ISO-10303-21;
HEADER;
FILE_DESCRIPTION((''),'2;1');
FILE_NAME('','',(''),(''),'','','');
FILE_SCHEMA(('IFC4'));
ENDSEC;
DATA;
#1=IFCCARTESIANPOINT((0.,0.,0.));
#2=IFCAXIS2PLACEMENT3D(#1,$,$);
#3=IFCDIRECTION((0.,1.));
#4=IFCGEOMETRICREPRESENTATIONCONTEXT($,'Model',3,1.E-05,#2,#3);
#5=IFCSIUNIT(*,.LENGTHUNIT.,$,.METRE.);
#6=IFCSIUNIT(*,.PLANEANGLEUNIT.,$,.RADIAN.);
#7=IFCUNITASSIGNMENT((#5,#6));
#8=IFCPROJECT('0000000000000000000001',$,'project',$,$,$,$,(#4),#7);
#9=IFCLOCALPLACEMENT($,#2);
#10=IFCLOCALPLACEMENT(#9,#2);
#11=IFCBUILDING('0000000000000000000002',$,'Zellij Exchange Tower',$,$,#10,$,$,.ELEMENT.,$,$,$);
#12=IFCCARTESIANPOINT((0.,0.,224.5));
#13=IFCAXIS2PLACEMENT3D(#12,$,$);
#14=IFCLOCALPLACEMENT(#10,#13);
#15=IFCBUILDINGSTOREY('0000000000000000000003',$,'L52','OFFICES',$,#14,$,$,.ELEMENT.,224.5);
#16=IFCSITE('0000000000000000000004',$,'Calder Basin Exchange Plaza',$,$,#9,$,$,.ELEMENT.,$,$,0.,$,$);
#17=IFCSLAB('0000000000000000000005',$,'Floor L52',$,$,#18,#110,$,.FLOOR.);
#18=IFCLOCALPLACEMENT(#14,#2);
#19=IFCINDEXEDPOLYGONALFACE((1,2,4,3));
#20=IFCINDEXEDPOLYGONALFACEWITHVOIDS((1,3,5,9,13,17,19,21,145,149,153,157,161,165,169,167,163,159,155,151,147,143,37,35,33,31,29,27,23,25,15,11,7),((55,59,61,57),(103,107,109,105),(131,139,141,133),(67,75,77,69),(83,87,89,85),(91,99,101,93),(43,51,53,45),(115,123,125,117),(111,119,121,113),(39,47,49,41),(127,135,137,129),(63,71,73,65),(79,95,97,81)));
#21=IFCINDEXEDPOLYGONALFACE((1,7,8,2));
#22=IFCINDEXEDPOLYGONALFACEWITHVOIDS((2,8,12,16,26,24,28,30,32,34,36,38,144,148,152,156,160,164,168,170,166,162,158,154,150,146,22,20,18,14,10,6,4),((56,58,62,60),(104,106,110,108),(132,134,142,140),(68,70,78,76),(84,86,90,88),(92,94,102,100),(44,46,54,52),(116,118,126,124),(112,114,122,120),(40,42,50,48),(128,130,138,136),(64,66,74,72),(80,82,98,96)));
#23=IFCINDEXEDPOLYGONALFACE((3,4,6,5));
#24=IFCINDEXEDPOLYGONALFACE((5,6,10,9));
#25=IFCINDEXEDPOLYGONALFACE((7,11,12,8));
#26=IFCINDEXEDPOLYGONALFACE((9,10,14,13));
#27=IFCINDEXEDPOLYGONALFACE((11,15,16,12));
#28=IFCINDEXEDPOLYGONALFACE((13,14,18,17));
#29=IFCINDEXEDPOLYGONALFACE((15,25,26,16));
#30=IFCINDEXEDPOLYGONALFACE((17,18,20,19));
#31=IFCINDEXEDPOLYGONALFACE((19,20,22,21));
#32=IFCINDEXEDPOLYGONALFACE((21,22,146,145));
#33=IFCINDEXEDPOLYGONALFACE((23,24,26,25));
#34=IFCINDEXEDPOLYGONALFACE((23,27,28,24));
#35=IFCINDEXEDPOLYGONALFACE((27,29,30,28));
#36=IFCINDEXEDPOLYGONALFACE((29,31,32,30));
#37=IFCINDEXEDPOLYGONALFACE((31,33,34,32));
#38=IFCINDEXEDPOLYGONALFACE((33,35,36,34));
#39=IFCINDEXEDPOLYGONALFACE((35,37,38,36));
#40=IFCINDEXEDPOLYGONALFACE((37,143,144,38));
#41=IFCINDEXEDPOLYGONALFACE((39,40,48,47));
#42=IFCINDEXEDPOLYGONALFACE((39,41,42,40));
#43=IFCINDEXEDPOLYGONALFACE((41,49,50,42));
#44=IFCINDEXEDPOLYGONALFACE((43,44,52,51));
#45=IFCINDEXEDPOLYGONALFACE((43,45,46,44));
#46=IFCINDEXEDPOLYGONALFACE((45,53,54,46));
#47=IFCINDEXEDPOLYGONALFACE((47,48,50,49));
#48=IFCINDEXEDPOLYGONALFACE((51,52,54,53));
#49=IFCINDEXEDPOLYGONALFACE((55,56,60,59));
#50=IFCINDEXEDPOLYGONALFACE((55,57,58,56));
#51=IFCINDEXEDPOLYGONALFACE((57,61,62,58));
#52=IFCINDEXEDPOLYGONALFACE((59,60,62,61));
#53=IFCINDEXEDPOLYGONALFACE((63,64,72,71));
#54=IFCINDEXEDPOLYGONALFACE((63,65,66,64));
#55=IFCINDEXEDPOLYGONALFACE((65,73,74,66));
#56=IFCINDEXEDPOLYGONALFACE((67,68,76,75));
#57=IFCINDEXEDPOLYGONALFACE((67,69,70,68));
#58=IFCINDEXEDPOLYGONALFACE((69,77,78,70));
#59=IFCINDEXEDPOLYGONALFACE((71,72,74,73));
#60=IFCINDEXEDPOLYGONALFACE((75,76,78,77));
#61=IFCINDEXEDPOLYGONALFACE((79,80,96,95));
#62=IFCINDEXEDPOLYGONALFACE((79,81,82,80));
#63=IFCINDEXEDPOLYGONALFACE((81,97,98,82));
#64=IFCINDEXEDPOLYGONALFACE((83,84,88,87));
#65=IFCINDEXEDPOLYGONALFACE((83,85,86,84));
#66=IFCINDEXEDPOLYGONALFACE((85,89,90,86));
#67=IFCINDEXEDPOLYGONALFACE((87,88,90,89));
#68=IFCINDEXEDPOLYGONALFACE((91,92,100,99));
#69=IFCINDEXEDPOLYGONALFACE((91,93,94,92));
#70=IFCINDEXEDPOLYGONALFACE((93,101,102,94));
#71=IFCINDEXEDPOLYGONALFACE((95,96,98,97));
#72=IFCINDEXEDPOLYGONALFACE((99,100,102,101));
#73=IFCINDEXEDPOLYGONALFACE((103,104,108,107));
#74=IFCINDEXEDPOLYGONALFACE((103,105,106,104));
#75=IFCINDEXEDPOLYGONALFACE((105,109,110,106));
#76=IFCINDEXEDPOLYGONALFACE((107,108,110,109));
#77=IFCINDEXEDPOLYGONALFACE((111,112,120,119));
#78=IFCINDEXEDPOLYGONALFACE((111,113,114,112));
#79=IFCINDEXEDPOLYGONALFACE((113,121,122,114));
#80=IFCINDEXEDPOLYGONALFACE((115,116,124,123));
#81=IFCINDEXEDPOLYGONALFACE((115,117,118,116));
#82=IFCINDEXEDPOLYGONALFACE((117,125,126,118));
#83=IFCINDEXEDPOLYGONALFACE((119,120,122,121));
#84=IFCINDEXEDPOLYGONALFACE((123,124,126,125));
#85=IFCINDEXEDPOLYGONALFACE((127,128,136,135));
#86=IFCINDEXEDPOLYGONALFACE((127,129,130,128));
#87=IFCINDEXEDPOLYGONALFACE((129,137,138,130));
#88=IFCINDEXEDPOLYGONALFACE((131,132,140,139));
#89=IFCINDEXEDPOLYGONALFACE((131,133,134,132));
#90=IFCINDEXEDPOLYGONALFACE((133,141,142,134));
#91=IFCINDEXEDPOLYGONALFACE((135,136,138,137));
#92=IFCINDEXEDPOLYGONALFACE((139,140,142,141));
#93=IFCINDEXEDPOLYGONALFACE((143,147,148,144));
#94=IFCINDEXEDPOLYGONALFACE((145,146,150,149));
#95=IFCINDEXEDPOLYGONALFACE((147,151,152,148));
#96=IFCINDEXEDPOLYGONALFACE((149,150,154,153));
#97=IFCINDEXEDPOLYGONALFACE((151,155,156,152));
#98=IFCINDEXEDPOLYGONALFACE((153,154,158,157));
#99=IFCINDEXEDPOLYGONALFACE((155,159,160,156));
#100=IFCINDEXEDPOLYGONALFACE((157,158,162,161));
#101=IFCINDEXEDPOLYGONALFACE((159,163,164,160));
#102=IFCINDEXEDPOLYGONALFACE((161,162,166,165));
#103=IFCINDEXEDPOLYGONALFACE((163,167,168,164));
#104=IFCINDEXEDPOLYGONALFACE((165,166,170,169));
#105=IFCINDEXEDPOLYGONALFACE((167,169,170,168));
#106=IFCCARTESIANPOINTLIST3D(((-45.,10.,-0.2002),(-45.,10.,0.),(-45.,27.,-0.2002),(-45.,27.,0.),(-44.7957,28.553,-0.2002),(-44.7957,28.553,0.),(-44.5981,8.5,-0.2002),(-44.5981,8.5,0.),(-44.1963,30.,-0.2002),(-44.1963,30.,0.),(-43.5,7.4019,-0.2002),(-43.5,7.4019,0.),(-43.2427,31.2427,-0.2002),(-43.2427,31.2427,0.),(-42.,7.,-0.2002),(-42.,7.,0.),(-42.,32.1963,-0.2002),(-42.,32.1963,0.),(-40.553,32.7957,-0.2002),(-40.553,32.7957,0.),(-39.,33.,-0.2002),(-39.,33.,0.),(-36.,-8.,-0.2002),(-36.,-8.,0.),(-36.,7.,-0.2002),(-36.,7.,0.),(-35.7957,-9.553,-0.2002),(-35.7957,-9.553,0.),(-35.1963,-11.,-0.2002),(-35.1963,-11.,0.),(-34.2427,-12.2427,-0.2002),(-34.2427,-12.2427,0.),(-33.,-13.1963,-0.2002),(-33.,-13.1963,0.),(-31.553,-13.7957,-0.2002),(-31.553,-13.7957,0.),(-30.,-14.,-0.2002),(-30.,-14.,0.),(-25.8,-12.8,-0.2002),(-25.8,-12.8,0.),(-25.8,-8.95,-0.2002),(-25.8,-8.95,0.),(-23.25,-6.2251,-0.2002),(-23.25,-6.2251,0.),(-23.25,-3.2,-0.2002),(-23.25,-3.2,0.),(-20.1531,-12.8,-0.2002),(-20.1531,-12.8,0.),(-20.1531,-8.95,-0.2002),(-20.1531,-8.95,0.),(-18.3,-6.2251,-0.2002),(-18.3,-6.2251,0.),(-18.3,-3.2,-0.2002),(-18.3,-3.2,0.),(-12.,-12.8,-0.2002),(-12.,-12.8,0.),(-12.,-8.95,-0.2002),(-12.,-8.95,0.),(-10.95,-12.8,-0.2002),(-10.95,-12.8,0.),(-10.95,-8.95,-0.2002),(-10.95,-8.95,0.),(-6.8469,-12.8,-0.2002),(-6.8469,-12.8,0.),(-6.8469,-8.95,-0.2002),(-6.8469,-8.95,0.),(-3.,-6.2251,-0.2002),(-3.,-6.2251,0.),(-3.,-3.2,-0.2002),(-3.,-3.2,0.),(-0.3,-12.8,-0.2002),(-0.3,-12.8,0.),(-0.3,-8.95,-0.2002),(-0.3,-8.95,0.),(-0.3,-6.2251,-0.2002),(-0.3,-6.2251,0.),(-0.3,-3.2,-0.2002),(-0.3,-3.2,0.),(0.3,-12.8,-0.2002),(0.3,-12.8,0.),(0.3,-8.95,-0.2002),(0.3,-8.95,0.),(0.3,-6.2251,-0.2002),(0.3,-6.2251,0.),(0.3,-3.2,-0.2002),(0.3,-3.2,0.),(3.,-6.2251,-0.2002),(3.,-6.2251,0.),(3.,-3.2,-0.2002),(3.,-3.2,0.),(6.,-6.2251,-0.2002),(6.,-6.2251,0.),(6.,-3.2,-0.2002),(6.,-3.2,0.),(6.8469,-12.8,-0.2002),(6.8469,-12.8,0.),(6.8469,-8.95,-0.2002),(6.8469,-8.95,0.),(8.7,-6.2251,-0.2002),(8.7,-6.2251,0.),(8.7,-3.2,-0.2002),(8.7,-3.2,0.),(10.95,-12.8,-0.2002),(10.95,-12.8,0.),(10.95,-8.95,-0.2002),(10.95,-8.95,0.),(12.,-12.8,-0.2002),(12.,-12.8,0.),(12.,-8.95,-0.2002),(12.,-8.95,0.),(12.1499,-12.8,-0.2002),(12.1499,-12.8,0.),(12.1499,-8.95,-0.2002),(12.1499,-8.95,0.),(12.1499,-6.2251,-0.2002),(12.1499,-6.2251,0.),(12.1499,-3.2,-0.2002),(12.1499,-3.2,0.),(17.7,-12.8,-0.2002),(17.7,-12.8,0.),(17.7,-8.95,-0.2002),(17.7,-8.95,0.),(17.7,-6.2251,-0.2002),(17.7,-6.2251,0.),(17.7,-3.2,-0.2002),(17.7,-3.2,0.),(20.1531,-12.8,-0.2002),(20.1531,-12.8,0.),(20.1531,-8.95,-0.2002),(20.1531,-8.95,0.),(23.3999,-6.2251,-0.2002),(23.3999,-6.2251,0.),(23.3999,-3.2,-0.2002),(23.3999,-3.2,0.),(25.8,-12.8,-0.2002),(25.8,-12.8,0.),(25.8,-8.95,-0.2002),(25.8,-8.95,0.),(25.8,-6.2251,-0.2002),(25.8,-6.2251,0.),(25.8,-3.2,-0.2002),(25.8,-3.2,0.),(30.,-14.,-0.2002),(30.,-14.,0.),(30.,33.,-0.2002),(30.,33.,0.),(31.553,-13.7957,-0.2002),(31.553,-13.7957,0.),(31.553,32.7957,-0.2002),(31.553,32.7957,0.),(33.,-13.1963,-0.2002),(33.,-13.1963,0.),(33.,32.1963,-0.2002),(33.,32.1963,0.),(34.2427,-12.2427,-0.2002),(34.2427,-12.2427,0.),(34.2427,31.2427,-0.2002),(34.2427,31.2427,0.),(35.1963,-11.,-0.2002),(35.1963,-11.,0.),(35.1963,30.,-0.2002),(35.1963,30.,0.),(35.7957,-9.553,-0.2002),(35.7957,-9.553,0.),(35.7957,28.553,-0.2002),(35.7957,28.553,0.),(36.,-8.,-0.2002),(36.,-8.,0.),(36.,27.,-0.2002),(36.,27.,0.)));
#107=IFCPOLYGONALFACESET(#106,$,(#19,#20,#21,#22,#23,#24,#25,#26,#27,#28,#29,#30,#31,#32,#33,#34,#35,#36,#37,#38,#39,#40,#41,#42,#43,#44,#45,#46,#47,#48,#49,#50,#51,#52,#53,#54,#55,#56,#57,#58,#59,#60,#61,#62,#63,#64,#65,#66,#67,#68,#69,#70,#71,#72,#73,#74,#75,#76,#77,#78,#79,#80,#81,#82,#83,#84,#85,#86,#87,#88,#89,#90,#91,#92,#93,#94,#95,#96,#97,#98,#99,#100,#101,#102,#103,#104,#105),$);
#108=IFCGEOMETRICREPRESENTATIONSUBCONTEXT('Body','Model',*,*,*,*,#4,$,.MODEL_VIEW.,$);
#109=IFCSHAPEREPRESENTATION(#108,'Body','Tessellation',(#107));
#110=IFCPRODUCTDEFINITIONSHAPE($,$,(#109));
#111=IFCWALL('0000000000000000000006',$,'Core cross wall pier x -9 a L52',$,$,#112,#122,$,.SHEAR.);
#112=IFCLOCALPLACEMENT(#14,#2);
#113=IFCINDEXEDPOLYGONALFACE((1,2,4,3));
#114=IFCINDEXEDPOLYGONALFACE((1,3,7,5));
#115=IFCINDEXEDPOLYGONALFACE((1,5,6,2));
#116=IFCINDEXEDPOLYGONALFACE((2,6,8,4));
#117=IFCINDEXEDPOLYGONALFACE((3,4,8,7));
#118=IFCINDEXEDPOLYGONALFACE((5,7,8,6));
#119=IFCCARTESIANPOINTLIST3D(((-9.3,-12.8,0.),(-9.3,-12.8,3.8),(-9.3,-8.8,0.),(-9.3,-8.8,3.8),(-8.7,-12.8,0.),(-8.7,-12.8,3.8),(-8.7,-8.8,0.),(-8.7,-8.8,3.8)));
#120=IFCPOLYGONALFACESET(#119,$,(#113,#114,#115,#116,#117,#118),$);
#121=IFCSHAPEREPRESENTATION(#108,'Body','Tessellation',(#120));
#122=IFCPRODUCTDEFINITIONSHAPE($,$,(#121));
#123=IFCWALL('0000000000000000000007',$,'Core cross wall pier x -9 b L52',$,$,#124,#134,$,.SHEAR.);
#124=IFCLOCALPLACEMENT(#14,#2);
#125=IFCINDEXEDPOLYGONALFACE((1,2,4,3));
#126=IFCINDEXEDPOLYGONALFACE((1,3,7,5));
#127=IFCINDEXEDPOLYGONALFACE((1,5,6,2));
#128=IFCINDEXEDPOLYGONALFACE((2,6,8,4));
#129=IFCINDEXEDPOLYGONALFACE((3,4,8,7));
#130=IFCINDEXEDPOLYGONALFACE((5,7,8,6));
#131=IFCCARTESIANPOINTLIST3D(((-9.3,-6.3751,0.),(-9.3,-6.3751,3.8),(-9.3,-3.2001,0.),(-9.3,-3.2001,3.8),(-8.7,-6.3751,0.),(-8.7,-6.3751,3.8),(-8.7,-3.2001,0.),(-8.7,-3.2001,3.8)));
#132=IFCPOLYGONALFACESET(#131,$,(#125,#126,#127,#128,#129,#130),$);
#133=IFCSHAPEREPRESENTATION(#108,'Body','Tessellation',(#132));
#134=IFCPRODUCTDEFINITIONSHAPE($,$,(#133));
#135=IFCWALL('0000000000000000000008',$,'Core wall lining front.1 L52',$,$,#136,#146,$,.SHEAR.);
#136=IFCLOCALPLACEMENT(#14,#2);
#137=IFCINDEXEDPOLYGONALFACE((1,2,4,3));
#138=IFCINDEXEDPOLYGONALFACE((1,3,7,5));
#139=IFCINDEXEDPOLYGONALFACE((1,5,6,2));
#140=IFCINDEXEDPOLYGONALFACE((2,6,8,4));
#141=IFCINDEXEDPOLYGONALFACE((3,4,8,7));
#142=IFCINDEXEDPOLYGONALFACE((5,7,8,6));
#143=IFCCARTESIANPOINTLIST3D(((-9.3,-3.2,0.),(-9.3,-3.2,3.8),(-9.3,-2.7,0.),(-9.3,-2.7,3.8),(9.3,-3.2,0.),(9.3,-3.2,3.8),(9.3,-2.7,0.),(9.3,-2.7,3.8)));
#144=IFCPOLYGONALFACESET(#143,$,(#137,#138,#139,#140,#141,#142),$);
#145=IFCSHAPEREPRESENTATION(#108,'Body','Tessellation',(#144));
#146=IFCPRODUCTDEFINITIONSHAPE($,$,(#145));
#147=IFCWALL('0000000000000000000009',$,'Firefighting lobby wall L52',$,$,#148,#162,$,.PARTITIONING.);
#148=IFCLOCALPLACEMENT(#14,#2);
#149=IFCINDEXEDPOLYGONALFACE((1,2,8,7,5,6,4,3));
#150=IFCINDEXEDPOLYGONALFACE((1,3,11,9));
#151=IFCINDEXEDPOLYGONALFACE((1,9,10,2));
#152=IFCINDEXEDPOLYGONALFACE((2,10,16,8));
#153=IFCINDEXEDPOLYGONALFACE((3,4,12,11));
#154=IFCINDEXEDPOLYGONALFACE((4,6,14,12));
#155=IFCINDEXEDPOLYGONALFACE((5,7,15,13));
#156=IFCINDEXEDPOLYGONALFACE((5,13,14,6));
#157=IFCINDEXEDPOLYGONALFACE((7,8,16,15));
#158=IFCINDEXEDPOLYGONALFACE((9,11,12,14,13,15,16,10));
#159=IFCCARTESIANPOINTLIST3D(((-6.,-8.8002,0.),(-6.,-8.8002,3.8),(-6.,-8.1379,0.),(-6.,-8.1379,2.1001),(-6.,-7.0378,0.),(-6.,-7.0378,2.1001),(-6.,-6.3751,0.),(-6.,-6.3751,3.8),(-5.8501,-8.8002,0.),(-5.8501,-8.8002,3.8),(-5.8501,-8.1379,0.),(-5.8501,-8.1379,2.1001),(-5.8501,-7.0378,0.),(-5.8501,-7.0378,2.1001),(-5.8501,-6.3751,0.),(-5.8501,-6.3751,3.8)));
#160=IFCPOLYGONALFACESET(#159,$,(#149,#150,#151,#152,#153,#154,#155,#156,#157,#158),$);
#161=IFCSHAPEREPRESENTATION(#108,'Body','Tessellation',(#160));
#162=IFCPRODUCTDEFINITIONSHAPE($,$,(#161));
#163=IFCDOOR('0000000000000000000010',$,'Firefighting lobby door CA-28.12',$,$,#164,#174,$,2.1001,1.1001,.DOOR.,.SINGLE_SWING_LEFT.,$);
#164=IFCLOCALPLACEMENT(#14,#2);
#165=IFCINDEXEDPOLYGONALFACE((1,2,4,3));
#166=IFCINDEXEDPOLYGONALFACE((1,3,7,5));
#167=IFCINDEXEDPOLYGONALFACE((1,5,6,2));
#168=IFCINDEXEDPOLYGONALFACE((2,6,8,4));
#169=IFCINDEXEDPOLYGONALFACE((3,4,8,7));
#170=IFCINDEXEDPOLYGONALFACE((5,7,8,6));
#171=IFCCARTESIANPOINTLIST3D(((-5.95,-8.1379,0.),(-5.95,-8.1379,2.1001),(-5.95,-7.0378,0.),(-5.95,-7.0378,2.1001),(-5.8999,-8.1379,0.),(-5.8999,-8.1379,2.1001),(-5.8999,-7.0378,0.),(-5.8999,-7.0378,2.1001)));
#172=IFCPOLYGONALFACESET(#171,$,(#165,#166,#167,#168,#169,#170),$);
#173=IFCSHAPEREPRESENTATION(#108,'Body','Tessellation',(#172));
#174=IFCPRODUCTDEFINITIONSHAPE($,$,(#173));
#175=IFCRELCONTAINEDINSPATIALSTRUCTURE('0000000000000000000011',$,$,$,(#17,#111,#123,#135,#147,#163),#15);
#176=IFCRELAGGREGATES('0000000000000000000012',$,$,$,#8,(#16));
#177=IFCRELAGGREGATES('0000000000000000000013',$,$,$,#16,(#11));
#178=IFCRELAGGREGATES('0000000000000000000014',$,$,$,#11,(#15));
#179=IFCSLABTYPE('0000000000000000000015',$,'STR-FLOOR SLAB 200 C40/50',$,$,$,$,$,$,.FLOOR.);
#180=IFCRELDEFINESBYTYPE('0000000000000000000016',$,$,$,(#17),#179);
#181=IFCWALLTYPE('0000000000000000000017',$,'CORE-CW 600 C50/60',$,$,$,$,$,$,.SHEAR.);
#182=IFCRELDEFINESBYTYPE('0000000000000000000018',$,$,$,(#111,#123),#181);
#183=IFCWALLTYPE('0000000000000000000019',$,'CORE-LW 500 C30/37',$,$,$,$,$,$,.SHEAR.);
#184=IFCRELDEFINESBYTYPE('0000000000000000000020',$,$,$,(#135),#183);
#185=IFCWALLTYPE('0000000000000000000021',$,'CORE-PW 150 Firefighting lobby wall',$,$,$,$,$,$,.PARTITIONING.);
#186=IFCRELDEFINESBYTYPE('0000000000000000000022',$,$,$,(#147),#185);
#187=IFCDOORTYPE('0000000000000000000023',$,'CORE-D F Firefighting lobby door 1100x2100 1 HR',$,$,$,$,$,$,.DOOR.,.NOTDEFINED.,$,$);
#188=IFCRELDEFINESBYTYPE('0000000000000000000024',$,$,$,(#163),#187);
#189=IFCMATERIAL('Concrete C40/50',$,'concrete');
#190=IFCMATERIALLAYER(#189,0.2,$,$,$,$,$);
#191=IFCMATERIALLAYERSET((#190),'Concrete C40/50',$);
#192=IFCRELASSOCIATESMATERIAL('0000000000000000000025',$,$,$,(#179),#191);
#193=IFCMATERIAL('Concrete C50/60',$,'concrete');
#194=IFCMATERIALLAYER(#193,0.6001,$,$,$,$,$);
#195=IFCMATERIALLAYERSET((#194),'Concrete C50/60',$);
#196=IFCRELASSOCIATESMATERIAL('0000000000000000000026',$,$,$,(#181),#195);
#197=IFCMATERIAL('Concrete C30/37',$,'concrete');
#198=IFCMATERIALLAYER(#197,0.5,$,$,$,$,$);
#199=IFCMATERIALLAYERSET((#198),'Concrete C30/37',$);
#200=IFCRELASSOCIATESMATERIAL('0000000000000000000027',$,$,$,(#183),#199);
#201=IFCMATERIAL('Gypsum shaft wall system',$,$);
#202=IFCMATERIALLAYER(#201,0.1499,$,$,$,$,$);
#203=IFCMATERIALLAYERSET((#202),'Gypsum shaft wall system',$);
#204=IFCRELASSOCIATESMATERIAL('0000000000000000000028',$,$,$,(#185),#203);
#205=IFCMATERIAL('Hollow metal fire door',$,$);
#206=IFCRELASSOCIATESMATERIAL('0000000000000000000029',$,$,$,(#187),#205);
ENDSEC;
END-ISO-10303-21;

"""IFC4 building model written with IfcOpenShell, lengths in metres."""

from ifc_helpers import new_model, si_unit, direction, frame, frame_2d, origin, place, context, subcontext, project, spatial, polyline, rectangle, outline, extrude, material, layer, layer_set, type_object, element, fill, save


model = new_model("IFC4")

# Units and contexts
model_context = context("Model", 3, precision=1e-05, world=origin(), true_north=direction((0.0, 1.0)))
body_context = subcontext(model_context, "Body", "Model", "MODEL_VIEW")
ifc_project = project(units=[si_unit("LENGTHUNIT", "METRE"), si_unit("PLANEANGLEUNIT", "RADIAN")], contexts=[model_context])

# Site, building, storey
site_placement = place(None, origin())
site = spatial("IfcSite", under=ifc_project, at=site_placement, Name="Calder Basin Exchange Plaza", CompositionType="ELEMENT", RefElevation=0.0)
building_placement = place(site_placement, origin())
building = spatial("IfcBuilding", under=site, at=building_placement, Name="Zellij Exchange Tower", CompositionType="ELEMENT")
storey_placement = place(building_placement, frame((0.0, 0.0, 224.5)))
storey = spatial("IfcBuildingStorey", under=building, at=storey_placement, Name="L52", Description="OFFICES", CompositionType="ELEMENT", Elevation=224.5)

# Shared definitions
ifc_material_1 = material(Name="Concrete C50/60", Category="concrete")

# Slab
ifc_material_2 = material(Name="Concrete C40/50", Category="concrete")
ifc_layer_1 = layer(ifc_material_2, 0.2)
ifc_layer_set_1 = layer_set([ifc_layer_1], Name="Concrete C40/50")
slab_type = type_object("IfcSlabType", Name="STR-FLOOR SLAB 200 C40/50", PredefinedType="FLOOR", material=ifc_layer_set_1)
slab_placement = place(storey_placement, frame((0.0, 0.0, -0.2002)))
element("IfcSlab", 1, at=slab_placement, inside=storey, type_object=slab_type, Name="Floor L52", PredefinedType="FLOOR", context=body_context, shape_type="SweptSolid", body=[
    extrude(outline(polyline([(31.553, 32.7957), (33.0, 32.1963), (34.2427, 31.2427), (35.1963, 30.0), (35.7957, 28.553), (36.0, 27.0), (36.0, -8.0), (35.7957, -9.553), (35.1963, -11.0), (34.2427, -12.2427), (33.0, -13.1963), (31.553, -13.7957), (30.0, -14.0), (-30.0, -14.0), (-31.553, -13.7957), (-33.0, -13.1963), (-34.2427, -12.2427), (-35.1963, -11.0), (-35.7957, -9.553), (-36.0, -8.0), (-36.0, 7.0), (-42.0, 7.0), (-43.5, 7.4019), (-44.5981, 8.5), (-45.0, 10.0), (-45.0, 27.0), (-44.7957, 28.553), (-44.1963, 30.0), (-43.2427, 31.2427), (-42.0, 32.1963), (-40.553, 32.7957), (-39.0, 33.0), (30.0, 33.0), (31.553, 32.7957)]), holes=[polyline([(-25.8, -8.95), (-25.8, -12.8), (-20.1531, -12.8), (-20.1531, -8.95), (-25.8, -8.95)]), polyline([(-10.95, -8.95), (-12.0, -8.95), (-12.0, -12.8), (-10.95, -12.8), (-10.95, -8.95)]), polyline([(-0.3, -8.95), (-6.8469, -8.95), (-6.8469, -12.8), (-0.3, -12.8), (-0.3, -8.95)]), polyline([(0.3, -8.95), (0.3, -12.8), (6.8469, -12.8), (6.8469, -8.95), (0.3, -8.95)]), polyline([(-18.3, -3.2), (-23.25, -3.2), (-23.25, -6.2251), (-18.3, -6.2251), (-18.3, -3.2)]), polyline([(-0.3, -3.2), (-3.0, -3.2), (-3.0, -6.2251), (-0.3, -6.2251), (-0.3, -3.2)]), polyline([(0.3, -3.2), (0.3, -6.2251), (3.0, -6.2251), (3.0, -3.2), (0.3, -3.2)]), polyline([(12.0, -8.95), (10.95, -8.95), (10.95, -12.8), (12.0, -12.8), (12.0, -8.95)]), polyline([(17.7, -8.95), (12.1499, -8.95), (12.1499, -12.8), (17.7, -12.8), (17.7, -8.95)]), polyline([(25.8, -8.95), (20.1531, -8.95), (20.1531, -12.8), (25.8, -12.8), (25.8, -8.95)]), polyline([(8.7, -3.2), (6.0, -3.2), (6.0, -6.2251), (8.7, -6.2251), (8.7, -3.2)]), polyline([(17.7, -3.2), (12.1499, -3.2), (12.1499, -6.2251), (17.7, -6.2251), (17.7, -3.2)]), polyline([(25.8, -3.2), (23.3999, -3.2), (23.3999, -6.2251), (25.8, -6.2251), (25.8, -3.2)])]), origin(), (0.0, 0.0, 1.0), 0.2002),
])

# Walls
ifc_layer_2 = layer(ifc_material_1, 0.6001)
ifc_layer_set_2 = layer_set([ifc_layer_2], Name="Concrete C50/60")
wall_type_1 = type_object("IfcWallType", Name="CORE-CW 600 C50/60", PredefinedType="SHEAR", material=ifc_layer_set_2)
wall_1_placement = place(storey_placement, frame((-9.0, -12.8, 0.0), z_axis=(0.0, 0.0, 1.0), x_axis=(0.0, 1.0, 0.0)))
element("IfcWall", 2, at=wall_1_placement, inside=storey, type_object=wall_type_1, Name="Core cross wall pier x -9 a L52", PredefinedType="SHEAR", context=body_context, shape_type="SweptSolid", body=[
    extrude(rectangle(XDim=4.0, YDim=0.6001, at=frame_2d((2.0, 0.0))), origin(), (0.0, 0.0, 1.0), 3.8),
])
wall_2_placement = place(storey_placement, frame((-9.0, -6.375, 0.0), z_axis=(0.0, 0.0, 1.0), x_axis=(0.0, 1.0, 0.0)))
element("IfcWall", 3, at=wall_2_placement, inside=storey, type_object=wall_type_1, Name="Core cross wall pier x -9 b L52", PredefinedType="SHEAR", context=body_context, shape_type="SweptSolid", body=[
    extrude(rectangle(XDim=3.175, YDim=0.6001, at=frame_2d((1.5874, 0.0))), origin(), (0.0, 0.0, 1.0), 3.8),
])
ifc_material_3 = material(Name="Concrete C30/37", Category="concrete")
ifc_layer_3 = layer(ifc_material_3, 0.5)
ifc_layer_set_3 = layer_set([ifc_layer_3], Name="Concrete C30/37")
wall_type_2 = type_object("IfcWallType", Name="CORE-LW 500 C30/37", PredefinedType="SHEAR", material=ifc_layer_set_3)
wall_3_placement = place(storey_placement, frame((-9.3, -2.95, 0.0), z_axis=(0.0, 0.0, 1.0), x_axis=(1.0, 0.0, 0.0)))
element("IfcWall", 4, at=wall_3_placement, inside=storey, type_object=wall_type_2, Name="Core wall lining front.1 L52", PredefinedType="SHEAR", context=body_context, shape_type="SweptSolid", body=[
    extrude(rectangle(XDim=18.6001, YDim=0.5, at=frame_2d((9.3, 0.0))), origin(), (0.0, 0.0, 1.0), 3.8),
])

# Wall, opening, door
ifc_material_4 = material(Name="Gypsum shaft wall system")
ifc_layer_4 = layer(ifc_material_4, 0.1499)
ifc_layer_set_4 = layer_set([ifc_layer_4], Name="Gypsum shaft wall system")
wall_type_3 = type_object("IfcWallType", Name="CORE-PW 150 Firefighting lobby wall", PredefinedType="PARTITIONING", material=ifc_layer_set_4)
wall_4_placement = place(storey_placement, frame((-5.925, -8.8, 0.0), z_axis=(0.0, 0.0, 1.0), x_axis=(0.0, 1.0, 0.0)))
wall_4 = element("IfcWall", 5, at=wall_4_placement, inside=storey, type_object=wall_type_3, Name="Firefighting lobby wall L52", PredefinedType="PARTITIONING", context=body_context, shape_type="SweptSolid", body=[
    extrude(rectangle(XDim=2.425, YDim=0.1499, at=frame_2d((1.2124, 0.0))), origin(), (0.0, 0.0, 1.0), 3.8),
])
opening_1_placement = place(wall_4_placement, frame((0.6621, 0.0, 0.0)))
opening_1 = element("IfcOpeningElement", 6, at=opening_1_placement, cuts=wall_4, PredefinedType="OPENING", context=body_context, shape_type="SweptSolid", body=[
    extrude(rectangle(XDim=1.1001, YDim=2.1001, at=frame_2d((0.55, 1.05))), frame((0.0, 0.0869, 0.0), z_axis=(0.0, -1.0, 0.0), x_axis=(1.0, 0.0, 0.0)), (0.0, 0.0, 1.0), 0.1738),
])
ifc_material_5 = material(Name="Hollow metal fire door")
door_type_1 = type_object("IfcDoorType", Name="CORE-D F Firefighting lobby door 1100x2100 1 HR", OperationType="NOTDEFINED", PredefinedType="DOOR", material=ifc_material_5)
door_1_placement = place(opening_1_placement, origin())
door_1 = element("IfcDoor", 7, at=door_1_placement, inside=storey, type_object=door_type_1, Name="Firefighting lobby door CA-28.12", OperationType="SINGLE_SWING_LEFT", OverallHeight=2.1001, OverallWidth=1.1001, PredefinedType="DOOR", context=body_context, shape_type="SweptSolid", body=[
    extrude(rectangle(XDim=1.1001, YDim=2.1001, at=frame_2d((0.55, 1.05))), frame((0.0, 0.0249, 0.0), z_axis=(0.0, -1.0, 0.0), x_axis=(1.0, 0.0, 0.0)), (0.0, 0.0, 1.0), 0.05),
])
fill(opening_1, door_1)

save(model, "model.ifc")
